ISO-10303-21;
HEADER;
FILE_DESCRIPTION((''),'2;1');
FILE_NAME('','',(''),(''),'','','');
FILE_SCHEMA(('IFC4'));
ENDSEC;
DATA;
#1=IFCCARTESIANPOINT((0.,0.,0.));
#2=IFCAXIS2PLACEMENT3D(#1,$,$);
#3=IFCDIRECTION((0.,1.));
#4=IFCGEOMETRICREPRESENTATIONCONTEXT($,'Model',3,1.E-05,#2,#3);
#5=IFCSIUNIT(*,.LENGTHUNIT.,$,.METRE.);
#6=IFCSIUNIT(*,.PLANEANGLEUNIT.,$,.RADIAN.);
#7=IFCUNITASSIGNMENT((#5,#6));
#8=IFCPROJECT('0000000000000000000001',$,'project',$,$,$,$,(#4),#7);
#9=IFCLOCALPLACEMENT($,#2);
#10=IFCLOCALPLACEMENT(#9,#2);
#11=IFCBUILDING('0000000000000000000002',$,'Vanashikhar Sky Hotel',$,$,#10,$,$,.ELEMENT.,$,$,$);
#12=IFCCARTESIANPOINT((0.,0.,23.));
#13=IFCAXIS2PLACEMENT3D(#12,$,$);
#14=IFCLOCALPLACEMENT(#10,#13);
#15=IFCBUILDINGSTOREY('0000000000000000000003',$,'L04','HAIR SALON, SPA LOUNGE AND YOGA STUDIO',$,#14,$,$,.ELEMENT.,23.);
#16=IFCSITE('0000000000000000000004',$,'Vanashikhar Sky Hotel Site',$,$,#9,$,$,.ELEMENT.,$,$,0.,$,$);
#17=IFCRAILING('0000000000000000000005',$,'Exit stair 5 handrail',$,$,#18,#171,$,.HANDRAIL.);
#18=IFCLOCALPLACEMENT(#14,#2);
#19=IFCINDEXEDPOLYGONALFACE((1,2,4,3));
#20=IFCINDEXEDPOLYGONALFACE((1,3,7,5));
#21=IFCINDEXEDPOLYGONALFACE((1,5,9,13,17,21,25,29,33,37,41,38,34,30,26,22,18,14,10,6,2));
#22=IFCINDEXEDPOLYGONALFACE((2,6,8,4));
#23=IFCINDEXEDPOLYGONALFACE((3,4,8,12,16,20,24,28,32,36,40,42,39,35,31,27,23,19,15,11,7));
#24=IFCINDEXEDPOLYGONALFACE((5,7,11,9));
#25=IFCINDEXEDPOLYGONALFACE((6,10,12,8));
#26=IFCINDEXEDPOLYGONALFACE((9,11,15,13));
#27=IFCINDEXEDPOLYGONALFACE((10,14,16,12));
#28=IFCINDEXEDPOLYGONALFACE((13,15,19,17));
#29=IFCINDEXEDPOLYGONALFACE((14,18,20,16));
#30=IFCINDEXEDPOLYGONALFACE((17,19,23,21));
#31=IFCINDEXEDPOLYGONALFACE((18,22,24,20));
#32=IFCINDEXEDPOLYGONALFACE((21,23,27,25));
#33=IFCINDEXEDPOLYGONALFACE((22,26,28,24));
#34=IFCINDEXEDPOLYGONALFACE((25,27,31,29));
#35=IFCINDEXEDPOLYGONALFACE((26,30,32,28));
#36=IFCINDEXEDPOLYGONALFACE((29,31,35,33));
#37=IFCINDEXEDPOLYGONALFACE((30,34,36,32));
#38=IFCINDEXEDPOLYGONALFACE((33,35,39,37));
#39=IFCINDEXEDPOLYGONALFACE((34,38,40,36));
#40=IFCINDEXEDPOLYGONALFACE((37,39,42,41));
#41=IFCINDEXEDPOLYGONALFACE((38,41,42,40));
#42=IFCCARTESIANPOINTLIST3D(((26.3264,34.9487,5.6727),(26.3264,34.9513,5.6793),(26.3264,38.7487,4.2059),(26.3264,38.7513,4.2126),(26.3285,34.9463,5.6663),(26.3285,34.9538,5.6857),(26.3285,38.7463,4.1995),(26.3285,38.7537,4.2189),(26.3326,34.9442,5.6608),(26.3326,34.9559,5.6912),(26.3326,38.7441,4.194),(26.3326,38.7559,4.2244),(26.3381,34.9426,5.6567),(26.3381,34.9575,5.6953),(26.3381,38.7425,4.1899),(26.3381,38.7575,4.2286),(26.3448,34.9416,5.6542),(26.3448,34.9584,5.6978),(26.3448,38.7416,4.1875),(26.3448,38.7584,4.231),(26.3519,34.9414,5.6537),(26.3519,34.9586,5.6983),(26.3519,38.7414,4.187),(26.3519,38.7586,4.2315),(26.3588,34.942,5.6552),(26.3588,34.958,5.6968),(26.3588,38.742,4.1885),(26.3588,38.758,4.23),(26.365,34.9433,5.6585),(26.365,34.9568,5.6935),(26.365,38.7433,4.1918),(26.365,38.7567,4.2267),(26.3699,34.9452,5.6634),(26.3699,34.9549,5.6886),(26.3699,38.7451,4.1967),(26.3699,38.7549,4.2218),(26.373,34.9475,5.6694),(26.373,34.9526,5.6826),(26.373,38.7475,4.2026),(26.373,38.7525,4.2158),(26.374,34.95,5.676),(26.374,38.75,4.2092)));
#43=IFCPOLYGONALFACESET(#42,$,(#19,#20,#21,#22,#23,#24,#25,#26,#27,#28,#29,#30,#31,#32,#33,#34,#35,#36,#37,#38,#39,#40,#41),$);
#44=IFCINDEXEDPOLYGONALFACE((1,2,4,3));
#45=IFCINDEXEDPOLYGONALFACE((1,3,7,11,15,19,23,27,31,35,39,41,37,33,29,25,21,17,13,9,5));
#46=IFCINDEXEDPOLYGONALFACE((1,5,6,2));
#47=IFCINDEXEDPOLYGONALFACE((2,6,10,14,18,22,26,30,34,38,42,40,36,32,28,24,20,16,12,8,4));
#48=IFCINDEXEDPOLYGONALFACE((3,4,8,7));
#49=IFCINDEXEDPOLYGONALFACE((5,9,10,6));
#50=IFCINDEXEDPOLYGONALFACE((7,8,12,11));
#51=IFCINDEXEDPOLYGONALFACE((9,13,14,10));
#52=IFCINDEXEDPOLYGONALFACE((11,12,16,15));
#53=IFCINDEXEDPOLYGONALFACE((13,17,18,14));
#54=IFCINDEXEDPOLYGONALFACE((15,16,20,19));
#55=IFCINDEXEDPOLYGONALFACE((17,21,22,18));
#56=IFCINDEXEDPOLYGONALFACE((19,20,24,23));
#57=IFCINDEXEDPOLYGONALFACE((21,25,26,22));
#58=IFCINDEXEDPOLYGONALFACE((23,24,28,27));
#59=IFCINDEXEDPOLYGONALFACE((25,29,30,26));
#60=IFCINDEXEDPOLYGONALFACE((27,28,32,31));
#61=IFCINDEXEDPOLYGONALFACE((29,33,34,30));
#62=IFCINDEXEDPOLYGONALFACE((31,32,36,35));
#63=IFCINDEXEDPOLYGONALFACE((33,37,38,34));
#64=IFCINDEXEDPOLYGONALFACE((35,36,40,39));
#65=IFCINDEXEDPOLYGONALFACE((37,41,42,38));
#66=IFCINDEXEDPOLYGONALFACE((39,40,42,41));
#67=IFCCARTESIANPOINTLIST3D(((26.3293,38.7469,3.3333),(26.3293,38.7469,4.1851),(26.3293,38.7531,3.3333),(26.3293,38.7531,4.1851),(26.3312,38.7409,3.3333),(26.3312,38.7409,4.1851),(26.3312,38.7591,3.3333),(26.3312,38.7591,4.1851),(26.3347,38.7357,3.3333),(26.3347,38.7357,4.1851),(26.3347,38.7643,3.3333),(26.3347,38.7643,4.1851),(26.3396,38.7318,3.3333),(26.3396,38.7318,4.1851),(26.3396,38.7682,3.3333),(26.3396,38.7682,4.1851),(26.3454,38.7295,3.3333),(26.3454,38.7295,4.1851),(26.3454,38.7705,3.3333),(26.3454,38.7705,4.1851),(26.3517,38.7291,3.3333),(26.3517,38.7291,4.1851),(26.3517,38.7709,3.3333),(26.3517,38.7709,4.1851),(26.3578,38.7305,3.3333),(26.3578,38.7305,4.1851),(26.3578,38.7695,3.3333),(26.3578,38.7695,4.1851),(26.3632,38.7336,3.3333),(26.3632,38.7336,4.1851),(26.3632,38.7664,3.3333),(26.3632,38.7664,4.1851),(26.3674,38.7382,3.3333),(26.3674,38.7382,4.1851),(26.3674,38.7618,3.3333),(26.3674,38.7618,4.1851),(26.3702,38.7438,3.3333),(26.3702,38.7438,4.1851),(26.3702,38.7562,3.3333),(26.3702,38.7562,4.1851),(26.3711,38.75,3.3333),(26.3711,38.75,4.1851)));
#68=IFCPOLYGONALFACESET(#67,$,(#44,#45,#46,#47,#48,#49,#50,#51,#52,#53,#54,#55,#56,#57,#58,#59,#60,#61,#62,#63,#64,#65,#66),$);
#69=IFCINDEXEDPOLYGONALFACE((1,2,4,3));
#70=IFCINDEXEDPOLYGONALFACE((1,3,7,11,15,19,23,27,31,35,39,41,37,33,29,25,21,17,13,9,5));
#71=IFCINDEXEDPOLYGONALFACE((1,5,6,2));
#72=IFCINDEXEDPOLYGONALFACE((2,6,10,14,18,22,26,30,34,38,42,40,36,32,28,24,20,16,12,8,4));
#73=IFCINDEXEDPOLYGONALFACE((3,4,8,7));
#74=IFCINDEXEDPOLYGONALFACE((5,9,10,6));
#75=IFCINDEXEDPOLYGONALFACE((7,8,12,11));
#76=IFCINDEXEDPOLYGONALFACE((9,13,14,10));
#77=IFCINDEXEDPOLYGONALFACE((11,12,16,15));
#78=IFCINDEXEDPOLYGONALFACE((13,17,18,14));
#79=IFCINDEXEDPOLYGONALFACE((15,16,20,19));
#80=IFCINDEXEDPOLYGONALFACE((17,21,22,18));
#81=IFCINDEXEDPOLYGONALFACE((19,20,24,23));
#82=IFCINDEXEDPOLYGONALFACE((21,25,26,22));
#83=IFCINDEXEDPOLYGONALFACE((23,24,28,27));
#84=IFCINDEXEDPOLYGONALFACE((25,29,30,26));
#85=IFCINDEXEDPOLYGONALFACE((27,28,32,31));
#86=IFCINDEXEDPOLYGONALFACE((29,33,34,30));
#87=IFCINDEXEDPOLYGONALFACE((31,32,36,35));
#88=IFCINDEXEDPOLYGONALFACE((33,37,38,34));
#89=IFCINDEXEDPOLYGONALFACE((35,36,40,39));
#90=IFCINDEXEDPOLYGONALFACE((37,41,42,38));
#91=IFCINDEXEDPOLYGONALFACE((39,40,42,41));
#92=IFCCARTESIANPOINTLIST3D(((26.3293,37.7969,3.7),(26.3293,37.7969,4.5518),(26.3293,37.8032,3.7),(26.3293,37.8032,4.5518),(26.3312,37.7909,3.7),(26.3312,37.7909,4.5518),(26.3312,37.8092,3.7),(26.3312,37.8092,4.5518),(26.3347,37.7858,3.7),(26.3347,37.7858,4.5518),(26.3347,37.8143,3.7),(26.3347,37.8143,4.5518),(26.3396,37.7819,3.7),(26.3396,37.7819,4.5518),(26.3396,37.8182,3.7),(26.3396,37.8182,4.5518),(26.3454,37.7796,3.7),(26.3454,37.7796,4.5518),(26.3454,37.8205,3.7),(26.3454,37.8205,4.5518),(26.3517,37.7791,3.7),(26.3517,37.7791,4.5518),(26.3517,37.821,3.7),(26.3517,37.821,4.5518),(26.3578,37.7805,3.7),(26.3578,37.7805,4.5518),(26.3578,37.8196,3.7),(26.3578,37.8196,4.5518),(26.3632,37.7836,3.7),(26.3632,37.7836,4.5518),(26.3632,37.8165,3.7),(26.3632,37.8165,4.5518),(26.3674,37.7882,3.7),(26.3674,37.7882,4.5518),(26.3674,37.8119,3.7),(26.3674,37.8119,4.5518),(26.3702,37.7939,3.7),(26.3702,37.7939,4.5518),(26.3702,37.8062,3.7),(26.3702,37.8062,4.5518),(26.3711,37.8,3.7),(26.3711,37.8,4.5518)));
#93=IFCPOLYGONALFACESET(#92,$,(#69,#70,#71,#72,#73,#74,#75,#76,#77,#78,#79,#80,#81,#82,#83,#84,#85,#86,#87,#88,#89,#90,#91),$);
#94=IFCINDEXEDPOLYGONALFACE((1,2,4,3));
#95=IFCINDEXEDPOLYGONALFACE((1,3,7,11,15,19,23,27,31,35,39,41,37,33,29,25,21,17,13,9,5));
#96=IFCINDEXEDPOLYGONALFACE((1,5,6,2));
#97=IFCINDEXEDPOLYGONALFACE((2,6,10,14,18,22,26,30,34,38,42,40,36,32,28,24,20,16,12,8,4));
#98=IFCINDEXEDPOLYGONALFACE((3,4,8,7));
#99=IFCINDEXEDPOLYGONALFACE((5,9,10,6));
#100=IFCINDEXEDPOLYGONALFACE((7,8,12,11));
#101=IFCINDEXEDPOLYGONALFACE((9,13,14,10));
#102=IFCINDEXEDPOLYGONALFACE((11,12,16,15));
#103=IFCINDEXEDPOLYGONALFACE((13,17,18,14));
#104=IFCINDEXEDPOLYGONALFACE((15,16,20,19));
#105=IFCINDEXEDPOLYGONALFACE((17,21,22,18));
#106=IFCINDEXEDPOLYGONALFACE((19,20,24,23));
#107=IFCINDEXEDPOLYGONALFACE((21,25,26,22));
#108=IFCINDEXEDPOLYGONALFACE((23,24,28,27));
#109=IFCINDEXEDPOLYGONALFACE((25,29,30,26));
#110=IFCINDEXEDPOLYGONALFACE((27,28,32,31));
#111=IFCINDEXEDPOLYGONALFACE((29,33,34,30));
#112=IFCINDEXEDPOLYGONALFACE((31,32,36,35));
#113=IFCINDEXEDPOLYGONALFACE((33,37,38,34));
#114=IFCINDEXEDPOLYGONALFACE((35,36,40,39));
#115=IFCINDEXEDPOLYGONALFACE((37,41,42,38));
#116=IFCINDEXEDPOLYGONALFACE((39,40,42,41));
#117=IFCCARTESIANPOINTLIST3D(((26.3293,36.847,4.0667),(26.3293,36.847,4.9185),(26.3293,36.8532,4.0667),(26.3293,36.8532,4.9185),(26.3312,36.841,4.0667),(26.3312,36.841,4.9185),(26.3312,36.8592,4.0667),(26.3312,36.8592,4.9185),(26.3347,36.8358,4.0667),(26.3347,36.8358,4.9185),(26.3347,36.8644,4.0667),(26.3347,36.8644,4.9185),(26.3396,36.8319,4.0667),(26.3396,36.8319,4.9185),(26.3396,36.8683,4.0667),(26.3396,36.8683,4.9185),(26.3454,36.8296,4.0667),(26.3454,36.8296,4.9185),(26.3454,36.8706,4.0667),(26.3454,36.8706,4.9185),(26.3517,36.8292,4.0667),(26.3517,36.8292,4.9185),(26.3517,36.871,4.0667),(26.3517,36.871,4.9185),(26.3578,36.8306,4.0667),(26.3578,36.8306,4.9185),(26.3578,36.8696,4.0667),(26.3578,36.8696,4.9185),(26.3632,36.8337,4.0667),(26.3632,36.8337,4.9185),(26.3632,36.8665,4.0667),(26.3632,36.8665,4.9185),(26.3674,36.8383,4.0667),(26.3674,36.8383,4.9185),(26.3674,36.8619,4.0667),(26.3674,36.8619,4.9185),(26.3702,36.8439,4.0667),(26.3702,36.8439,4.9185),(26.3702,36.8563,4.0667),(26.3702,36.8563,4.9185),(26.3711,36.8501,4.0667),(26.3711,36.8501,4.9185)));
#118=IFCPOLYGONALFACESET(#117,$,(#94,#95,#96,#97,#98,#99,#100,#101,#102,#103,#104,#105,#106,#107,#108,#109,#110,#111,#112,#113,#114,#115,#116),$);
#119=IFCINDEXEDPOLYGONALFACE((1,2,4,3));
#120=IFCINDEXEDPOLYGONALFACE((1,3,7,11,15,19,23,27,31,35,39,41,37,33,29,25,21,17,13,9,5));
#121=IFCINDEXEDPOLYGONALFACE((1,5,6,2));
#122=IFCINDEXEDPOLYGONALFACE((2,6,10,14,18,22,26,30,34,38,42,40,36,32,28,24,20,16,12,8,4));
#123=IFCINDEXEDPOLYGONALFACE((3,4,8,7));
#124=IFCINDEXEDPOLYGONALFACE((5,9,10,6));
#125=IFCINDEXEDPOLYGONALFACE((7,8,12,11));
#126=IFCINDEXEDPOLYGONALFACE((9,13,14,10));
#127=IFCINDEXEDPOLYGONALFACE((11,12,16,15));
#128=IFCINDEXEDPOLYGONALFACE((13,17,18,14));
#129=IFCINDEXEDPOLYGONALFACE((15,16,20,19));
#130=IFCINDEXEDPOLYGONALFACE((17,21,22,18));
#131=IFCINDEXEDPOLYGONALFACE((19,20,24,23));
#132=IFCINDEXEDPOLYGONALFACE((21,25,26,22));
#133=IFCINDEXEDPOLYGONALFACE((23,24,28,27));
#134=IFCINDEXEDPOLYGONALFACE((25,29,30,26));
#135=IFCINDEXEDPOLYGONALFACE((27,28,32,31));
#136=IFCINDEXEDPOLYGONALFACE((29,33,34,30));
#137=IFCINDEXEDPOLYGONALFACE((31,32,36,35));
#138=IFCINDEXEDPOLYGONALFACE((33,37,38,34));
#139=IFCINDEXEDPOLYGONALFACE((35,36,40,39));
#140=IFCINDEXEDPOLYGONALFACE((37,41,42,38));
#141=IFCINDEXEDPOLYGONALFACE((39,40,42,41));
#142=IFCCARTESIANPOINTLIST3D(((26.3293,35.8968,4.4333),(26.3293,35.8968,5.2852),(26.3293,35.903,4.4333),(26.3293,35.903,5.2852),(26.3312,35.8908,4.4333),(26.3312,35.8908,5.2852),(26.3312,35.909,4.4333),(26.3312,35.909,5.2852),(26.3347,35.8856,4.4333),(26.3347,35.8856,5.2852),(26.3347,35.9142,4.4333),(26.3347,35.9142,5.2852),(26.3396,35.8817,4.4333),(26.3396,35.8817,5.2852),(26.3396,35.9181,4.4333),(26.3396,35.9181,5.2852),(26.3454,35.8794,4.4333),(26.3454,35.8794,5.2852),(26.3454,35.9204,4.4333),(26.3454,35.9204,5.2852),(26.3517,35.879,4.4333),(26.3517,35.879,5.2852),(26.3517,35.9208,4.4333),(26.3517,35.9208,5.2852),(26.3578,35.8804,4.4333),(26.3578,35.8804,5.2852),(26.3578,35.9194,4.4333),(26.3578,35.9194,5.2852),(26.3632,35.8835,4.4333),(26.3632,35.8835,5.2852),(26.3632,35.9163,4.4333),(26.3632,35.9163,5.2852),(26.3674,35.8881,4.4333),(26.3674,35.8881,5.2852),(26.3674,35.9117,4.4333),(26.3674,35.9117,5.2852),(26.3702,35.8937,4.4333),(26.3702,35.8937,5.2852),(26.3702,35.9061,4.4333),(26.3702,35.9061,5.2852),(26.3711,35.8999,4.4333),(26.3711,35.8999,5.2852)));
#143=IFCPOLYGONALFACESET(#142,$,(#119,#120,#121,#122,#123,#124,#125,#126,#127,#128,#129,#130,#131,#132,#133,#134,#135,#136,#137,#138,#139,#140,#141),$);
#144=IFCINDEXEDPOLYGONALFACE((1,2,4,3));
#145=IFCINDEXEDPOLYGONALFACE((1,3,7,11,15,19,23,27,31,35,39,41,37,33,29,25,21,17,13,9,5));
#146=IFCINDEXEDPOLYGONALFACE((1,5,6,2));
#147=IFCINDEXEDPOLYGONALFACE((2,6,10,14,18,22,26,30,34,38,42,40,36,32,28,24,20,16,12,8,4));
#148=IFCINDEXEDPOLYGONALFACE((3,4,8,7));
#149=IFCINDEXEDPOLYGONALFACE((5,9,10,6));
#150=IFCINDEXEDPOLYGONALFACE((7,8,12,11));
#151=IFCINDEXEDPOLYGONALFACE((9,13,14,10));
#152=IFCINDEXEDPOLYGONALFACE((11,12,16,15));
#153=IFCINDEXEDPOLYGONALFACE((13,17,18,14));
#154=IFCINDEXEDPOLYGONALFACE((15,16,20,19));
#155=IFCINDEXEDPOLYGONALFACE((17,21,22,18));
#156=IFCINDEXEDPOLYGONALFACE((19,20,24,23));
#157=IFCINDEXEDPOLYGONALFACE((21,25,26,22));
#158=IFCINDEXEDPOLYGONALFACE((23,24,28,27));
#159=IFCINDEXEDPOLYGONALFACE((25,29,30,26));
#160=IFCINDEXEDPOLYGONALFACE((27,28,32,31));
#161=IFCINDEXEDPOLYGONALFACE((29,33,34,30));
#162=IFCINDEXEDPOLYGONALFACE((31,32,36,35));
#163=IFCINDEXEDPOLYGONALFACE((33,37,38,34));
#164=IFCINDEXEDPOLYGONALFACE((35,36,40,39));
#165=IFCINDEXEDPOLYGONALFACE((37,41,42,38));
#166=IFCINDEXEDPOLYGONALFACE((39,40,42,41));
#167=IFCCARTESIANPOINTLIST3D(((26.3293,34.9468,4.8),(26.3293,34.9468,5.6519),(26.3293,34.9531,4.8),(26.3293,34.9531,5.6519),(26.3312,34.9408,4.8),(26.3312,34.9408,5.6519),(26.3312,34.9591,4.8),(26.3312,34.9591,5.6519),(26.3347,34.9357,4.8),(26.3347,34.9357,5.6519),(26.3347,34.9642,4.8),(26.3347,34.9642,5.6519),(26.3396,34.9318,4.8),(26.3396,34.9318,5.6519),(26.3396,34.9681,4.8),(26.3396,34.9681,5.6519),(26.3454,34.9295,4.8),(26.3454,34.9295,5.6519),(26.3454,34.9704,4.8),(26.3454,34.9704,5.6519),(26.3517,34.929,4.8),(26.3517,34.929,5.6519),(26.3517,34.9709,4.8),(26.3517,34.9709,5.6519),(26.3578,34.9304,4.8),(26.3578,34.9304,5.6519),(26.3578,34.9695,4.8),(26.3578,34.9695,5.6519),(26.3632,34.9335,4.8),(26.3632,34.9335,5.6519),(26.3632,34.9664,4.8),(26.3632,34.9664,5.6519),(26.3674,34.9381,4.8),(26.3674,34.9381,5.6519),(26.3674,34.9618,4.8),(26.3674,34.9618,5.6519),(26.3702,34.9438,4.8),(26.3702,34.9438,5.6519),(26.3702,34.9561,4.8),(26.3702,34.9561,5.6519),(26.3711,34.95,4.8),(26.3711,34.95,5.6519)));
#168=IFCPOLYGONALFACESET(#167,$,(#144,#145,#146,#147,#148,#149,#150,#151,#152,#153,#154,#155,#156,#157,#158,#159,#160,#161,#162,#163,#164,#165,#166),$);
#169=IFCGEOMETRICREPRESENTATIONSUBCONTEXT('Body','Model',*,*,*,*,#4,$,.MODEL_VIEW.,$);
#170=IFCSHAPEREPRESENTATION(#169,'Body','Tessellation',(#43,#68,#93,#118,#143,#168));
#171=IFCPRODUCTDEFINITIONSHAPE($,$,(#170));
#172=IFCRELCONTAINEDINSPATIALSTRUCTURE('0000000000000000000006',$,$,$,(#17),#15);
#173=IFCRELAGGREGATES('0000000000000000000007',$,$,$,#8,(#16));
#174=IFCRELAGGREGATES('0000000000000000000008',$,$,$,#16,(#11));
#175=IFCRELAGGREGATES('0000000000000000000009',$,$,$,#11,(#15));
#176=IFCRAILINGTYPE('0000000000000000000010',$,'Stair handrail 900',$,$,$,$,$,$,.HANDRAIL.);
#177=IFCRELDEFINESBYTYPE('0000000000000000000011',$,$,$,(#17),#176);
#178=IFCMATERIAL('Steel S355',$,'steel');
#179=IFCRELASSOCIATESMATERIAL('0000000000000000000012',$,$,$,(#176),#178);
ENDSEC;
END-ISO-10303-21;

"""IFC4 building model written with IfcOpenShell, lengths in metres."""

from ifc_helpers import new_model, si_unit, direction, frame, origin, origin_2d, place, context, subcontext, project, spatial, circle, extrude, source, transform, mapped, material, type_object, element, save


model = new_model("IFC4")

# Units and contexts
model_context = context("Model", 3, precision=1e-05, world=origin(), true_north=direction((0.0, 1.0)))
body_context = subcontext(model_context, "Body", "Model", "MODEL_VIEW")
ifc_project = project(units=[si_unit("LENGTHUNIT", "METRE"), si_unit("PLANEANGLEUNIT", "RADIAN")], contexts=[model_context])

# Site, building, storey
site_placement = place(None, origin())
site = spatial("IfcSite", under=ifc_project, at=site_placement, Name="Vanashikhar Sky Hotel Site", CompositionType="ELEMENT", RefElevation=0.0)
building_placement = place(site_placement, origin())
building = spatial("IfcBuilding", under=site, at=building_placement, Name="Vanashikhar Sky Hotel", CompositionType="ELEMENT")
storey_placement = place(building_placement, frame((0.0, 0.0, 23.0)))
storey = spatial("IfcBuildingStorey", under=building, at=storey_placement, Name="L04", Description="HAIR SALON, SPA LOUNGE AND YOGA STUDIO", CompositionType="ELEMENT", Elevation=23.0)

# Railing
ifc_material_1 = material(Name="Steel S355", Category="steel")
railing_type_1 = type_object("IfcRailingType", Name="Stair handrail 900", PredefinedType="HANDRAIL", material=ifc_material_1)
shared_shape_1 = source(origin(), body_context, "Body", "SweptSolid", [
    extrude(circle(Radius=0.0239, at=origin_2d()), frame((0.0, 0.0, 0.876), z_axis=(0.0, -0.932914, 0.360099), x_axis=(1.0, 0.0, 0.0)), (0.0, 0.0, 1.0), 4.0732),
    extrude(circle(Radius=0.021, at=origin_2d()), origin(), (0.0, 0.0, 1.0), 0.8518),
    extrude(circle(Radius=0.021, at=origin_2d()), frame((0.0, -0.95, 0.3667)), (0.0, 0.0, 1.0), 0.8518),
    extrude(circle(Radius=0.021, at=origin_2d()), frame((0.0, -1.8999, 0.7334)), (0.0, 0.0, 1.0), 0.8518),
    extrude(circle(Radius=0.021, at=origin_2d()), frame((0.0, -2.8501, 1.1001)), (0.0, 0.0, 1.0), 0.8518),
    extrude(circle(Radius=0.021, at=origin_2d()), frame((0.0, -3.8, 1.4668)), (0.0, 0.0, 1.0), 0.8518),
])
for number, where, name in (
    (1, (26.3501, 38.75, 3.3333), "Exit stair 5 handrail"),
):
    element("IfcRailing", number, at=place(storey_placement, frame(where)), inside=storey, type_object=railing_type_1, Name=name, PredefinedType="HANDRAIL", context=body_context, shape_type="MappedRepresentation", body=[
        mapped(shared_shape_1, transform((0.0, 0.0, 0.0), scale=1.0)),
    ])

save(model, "model.ifc")
